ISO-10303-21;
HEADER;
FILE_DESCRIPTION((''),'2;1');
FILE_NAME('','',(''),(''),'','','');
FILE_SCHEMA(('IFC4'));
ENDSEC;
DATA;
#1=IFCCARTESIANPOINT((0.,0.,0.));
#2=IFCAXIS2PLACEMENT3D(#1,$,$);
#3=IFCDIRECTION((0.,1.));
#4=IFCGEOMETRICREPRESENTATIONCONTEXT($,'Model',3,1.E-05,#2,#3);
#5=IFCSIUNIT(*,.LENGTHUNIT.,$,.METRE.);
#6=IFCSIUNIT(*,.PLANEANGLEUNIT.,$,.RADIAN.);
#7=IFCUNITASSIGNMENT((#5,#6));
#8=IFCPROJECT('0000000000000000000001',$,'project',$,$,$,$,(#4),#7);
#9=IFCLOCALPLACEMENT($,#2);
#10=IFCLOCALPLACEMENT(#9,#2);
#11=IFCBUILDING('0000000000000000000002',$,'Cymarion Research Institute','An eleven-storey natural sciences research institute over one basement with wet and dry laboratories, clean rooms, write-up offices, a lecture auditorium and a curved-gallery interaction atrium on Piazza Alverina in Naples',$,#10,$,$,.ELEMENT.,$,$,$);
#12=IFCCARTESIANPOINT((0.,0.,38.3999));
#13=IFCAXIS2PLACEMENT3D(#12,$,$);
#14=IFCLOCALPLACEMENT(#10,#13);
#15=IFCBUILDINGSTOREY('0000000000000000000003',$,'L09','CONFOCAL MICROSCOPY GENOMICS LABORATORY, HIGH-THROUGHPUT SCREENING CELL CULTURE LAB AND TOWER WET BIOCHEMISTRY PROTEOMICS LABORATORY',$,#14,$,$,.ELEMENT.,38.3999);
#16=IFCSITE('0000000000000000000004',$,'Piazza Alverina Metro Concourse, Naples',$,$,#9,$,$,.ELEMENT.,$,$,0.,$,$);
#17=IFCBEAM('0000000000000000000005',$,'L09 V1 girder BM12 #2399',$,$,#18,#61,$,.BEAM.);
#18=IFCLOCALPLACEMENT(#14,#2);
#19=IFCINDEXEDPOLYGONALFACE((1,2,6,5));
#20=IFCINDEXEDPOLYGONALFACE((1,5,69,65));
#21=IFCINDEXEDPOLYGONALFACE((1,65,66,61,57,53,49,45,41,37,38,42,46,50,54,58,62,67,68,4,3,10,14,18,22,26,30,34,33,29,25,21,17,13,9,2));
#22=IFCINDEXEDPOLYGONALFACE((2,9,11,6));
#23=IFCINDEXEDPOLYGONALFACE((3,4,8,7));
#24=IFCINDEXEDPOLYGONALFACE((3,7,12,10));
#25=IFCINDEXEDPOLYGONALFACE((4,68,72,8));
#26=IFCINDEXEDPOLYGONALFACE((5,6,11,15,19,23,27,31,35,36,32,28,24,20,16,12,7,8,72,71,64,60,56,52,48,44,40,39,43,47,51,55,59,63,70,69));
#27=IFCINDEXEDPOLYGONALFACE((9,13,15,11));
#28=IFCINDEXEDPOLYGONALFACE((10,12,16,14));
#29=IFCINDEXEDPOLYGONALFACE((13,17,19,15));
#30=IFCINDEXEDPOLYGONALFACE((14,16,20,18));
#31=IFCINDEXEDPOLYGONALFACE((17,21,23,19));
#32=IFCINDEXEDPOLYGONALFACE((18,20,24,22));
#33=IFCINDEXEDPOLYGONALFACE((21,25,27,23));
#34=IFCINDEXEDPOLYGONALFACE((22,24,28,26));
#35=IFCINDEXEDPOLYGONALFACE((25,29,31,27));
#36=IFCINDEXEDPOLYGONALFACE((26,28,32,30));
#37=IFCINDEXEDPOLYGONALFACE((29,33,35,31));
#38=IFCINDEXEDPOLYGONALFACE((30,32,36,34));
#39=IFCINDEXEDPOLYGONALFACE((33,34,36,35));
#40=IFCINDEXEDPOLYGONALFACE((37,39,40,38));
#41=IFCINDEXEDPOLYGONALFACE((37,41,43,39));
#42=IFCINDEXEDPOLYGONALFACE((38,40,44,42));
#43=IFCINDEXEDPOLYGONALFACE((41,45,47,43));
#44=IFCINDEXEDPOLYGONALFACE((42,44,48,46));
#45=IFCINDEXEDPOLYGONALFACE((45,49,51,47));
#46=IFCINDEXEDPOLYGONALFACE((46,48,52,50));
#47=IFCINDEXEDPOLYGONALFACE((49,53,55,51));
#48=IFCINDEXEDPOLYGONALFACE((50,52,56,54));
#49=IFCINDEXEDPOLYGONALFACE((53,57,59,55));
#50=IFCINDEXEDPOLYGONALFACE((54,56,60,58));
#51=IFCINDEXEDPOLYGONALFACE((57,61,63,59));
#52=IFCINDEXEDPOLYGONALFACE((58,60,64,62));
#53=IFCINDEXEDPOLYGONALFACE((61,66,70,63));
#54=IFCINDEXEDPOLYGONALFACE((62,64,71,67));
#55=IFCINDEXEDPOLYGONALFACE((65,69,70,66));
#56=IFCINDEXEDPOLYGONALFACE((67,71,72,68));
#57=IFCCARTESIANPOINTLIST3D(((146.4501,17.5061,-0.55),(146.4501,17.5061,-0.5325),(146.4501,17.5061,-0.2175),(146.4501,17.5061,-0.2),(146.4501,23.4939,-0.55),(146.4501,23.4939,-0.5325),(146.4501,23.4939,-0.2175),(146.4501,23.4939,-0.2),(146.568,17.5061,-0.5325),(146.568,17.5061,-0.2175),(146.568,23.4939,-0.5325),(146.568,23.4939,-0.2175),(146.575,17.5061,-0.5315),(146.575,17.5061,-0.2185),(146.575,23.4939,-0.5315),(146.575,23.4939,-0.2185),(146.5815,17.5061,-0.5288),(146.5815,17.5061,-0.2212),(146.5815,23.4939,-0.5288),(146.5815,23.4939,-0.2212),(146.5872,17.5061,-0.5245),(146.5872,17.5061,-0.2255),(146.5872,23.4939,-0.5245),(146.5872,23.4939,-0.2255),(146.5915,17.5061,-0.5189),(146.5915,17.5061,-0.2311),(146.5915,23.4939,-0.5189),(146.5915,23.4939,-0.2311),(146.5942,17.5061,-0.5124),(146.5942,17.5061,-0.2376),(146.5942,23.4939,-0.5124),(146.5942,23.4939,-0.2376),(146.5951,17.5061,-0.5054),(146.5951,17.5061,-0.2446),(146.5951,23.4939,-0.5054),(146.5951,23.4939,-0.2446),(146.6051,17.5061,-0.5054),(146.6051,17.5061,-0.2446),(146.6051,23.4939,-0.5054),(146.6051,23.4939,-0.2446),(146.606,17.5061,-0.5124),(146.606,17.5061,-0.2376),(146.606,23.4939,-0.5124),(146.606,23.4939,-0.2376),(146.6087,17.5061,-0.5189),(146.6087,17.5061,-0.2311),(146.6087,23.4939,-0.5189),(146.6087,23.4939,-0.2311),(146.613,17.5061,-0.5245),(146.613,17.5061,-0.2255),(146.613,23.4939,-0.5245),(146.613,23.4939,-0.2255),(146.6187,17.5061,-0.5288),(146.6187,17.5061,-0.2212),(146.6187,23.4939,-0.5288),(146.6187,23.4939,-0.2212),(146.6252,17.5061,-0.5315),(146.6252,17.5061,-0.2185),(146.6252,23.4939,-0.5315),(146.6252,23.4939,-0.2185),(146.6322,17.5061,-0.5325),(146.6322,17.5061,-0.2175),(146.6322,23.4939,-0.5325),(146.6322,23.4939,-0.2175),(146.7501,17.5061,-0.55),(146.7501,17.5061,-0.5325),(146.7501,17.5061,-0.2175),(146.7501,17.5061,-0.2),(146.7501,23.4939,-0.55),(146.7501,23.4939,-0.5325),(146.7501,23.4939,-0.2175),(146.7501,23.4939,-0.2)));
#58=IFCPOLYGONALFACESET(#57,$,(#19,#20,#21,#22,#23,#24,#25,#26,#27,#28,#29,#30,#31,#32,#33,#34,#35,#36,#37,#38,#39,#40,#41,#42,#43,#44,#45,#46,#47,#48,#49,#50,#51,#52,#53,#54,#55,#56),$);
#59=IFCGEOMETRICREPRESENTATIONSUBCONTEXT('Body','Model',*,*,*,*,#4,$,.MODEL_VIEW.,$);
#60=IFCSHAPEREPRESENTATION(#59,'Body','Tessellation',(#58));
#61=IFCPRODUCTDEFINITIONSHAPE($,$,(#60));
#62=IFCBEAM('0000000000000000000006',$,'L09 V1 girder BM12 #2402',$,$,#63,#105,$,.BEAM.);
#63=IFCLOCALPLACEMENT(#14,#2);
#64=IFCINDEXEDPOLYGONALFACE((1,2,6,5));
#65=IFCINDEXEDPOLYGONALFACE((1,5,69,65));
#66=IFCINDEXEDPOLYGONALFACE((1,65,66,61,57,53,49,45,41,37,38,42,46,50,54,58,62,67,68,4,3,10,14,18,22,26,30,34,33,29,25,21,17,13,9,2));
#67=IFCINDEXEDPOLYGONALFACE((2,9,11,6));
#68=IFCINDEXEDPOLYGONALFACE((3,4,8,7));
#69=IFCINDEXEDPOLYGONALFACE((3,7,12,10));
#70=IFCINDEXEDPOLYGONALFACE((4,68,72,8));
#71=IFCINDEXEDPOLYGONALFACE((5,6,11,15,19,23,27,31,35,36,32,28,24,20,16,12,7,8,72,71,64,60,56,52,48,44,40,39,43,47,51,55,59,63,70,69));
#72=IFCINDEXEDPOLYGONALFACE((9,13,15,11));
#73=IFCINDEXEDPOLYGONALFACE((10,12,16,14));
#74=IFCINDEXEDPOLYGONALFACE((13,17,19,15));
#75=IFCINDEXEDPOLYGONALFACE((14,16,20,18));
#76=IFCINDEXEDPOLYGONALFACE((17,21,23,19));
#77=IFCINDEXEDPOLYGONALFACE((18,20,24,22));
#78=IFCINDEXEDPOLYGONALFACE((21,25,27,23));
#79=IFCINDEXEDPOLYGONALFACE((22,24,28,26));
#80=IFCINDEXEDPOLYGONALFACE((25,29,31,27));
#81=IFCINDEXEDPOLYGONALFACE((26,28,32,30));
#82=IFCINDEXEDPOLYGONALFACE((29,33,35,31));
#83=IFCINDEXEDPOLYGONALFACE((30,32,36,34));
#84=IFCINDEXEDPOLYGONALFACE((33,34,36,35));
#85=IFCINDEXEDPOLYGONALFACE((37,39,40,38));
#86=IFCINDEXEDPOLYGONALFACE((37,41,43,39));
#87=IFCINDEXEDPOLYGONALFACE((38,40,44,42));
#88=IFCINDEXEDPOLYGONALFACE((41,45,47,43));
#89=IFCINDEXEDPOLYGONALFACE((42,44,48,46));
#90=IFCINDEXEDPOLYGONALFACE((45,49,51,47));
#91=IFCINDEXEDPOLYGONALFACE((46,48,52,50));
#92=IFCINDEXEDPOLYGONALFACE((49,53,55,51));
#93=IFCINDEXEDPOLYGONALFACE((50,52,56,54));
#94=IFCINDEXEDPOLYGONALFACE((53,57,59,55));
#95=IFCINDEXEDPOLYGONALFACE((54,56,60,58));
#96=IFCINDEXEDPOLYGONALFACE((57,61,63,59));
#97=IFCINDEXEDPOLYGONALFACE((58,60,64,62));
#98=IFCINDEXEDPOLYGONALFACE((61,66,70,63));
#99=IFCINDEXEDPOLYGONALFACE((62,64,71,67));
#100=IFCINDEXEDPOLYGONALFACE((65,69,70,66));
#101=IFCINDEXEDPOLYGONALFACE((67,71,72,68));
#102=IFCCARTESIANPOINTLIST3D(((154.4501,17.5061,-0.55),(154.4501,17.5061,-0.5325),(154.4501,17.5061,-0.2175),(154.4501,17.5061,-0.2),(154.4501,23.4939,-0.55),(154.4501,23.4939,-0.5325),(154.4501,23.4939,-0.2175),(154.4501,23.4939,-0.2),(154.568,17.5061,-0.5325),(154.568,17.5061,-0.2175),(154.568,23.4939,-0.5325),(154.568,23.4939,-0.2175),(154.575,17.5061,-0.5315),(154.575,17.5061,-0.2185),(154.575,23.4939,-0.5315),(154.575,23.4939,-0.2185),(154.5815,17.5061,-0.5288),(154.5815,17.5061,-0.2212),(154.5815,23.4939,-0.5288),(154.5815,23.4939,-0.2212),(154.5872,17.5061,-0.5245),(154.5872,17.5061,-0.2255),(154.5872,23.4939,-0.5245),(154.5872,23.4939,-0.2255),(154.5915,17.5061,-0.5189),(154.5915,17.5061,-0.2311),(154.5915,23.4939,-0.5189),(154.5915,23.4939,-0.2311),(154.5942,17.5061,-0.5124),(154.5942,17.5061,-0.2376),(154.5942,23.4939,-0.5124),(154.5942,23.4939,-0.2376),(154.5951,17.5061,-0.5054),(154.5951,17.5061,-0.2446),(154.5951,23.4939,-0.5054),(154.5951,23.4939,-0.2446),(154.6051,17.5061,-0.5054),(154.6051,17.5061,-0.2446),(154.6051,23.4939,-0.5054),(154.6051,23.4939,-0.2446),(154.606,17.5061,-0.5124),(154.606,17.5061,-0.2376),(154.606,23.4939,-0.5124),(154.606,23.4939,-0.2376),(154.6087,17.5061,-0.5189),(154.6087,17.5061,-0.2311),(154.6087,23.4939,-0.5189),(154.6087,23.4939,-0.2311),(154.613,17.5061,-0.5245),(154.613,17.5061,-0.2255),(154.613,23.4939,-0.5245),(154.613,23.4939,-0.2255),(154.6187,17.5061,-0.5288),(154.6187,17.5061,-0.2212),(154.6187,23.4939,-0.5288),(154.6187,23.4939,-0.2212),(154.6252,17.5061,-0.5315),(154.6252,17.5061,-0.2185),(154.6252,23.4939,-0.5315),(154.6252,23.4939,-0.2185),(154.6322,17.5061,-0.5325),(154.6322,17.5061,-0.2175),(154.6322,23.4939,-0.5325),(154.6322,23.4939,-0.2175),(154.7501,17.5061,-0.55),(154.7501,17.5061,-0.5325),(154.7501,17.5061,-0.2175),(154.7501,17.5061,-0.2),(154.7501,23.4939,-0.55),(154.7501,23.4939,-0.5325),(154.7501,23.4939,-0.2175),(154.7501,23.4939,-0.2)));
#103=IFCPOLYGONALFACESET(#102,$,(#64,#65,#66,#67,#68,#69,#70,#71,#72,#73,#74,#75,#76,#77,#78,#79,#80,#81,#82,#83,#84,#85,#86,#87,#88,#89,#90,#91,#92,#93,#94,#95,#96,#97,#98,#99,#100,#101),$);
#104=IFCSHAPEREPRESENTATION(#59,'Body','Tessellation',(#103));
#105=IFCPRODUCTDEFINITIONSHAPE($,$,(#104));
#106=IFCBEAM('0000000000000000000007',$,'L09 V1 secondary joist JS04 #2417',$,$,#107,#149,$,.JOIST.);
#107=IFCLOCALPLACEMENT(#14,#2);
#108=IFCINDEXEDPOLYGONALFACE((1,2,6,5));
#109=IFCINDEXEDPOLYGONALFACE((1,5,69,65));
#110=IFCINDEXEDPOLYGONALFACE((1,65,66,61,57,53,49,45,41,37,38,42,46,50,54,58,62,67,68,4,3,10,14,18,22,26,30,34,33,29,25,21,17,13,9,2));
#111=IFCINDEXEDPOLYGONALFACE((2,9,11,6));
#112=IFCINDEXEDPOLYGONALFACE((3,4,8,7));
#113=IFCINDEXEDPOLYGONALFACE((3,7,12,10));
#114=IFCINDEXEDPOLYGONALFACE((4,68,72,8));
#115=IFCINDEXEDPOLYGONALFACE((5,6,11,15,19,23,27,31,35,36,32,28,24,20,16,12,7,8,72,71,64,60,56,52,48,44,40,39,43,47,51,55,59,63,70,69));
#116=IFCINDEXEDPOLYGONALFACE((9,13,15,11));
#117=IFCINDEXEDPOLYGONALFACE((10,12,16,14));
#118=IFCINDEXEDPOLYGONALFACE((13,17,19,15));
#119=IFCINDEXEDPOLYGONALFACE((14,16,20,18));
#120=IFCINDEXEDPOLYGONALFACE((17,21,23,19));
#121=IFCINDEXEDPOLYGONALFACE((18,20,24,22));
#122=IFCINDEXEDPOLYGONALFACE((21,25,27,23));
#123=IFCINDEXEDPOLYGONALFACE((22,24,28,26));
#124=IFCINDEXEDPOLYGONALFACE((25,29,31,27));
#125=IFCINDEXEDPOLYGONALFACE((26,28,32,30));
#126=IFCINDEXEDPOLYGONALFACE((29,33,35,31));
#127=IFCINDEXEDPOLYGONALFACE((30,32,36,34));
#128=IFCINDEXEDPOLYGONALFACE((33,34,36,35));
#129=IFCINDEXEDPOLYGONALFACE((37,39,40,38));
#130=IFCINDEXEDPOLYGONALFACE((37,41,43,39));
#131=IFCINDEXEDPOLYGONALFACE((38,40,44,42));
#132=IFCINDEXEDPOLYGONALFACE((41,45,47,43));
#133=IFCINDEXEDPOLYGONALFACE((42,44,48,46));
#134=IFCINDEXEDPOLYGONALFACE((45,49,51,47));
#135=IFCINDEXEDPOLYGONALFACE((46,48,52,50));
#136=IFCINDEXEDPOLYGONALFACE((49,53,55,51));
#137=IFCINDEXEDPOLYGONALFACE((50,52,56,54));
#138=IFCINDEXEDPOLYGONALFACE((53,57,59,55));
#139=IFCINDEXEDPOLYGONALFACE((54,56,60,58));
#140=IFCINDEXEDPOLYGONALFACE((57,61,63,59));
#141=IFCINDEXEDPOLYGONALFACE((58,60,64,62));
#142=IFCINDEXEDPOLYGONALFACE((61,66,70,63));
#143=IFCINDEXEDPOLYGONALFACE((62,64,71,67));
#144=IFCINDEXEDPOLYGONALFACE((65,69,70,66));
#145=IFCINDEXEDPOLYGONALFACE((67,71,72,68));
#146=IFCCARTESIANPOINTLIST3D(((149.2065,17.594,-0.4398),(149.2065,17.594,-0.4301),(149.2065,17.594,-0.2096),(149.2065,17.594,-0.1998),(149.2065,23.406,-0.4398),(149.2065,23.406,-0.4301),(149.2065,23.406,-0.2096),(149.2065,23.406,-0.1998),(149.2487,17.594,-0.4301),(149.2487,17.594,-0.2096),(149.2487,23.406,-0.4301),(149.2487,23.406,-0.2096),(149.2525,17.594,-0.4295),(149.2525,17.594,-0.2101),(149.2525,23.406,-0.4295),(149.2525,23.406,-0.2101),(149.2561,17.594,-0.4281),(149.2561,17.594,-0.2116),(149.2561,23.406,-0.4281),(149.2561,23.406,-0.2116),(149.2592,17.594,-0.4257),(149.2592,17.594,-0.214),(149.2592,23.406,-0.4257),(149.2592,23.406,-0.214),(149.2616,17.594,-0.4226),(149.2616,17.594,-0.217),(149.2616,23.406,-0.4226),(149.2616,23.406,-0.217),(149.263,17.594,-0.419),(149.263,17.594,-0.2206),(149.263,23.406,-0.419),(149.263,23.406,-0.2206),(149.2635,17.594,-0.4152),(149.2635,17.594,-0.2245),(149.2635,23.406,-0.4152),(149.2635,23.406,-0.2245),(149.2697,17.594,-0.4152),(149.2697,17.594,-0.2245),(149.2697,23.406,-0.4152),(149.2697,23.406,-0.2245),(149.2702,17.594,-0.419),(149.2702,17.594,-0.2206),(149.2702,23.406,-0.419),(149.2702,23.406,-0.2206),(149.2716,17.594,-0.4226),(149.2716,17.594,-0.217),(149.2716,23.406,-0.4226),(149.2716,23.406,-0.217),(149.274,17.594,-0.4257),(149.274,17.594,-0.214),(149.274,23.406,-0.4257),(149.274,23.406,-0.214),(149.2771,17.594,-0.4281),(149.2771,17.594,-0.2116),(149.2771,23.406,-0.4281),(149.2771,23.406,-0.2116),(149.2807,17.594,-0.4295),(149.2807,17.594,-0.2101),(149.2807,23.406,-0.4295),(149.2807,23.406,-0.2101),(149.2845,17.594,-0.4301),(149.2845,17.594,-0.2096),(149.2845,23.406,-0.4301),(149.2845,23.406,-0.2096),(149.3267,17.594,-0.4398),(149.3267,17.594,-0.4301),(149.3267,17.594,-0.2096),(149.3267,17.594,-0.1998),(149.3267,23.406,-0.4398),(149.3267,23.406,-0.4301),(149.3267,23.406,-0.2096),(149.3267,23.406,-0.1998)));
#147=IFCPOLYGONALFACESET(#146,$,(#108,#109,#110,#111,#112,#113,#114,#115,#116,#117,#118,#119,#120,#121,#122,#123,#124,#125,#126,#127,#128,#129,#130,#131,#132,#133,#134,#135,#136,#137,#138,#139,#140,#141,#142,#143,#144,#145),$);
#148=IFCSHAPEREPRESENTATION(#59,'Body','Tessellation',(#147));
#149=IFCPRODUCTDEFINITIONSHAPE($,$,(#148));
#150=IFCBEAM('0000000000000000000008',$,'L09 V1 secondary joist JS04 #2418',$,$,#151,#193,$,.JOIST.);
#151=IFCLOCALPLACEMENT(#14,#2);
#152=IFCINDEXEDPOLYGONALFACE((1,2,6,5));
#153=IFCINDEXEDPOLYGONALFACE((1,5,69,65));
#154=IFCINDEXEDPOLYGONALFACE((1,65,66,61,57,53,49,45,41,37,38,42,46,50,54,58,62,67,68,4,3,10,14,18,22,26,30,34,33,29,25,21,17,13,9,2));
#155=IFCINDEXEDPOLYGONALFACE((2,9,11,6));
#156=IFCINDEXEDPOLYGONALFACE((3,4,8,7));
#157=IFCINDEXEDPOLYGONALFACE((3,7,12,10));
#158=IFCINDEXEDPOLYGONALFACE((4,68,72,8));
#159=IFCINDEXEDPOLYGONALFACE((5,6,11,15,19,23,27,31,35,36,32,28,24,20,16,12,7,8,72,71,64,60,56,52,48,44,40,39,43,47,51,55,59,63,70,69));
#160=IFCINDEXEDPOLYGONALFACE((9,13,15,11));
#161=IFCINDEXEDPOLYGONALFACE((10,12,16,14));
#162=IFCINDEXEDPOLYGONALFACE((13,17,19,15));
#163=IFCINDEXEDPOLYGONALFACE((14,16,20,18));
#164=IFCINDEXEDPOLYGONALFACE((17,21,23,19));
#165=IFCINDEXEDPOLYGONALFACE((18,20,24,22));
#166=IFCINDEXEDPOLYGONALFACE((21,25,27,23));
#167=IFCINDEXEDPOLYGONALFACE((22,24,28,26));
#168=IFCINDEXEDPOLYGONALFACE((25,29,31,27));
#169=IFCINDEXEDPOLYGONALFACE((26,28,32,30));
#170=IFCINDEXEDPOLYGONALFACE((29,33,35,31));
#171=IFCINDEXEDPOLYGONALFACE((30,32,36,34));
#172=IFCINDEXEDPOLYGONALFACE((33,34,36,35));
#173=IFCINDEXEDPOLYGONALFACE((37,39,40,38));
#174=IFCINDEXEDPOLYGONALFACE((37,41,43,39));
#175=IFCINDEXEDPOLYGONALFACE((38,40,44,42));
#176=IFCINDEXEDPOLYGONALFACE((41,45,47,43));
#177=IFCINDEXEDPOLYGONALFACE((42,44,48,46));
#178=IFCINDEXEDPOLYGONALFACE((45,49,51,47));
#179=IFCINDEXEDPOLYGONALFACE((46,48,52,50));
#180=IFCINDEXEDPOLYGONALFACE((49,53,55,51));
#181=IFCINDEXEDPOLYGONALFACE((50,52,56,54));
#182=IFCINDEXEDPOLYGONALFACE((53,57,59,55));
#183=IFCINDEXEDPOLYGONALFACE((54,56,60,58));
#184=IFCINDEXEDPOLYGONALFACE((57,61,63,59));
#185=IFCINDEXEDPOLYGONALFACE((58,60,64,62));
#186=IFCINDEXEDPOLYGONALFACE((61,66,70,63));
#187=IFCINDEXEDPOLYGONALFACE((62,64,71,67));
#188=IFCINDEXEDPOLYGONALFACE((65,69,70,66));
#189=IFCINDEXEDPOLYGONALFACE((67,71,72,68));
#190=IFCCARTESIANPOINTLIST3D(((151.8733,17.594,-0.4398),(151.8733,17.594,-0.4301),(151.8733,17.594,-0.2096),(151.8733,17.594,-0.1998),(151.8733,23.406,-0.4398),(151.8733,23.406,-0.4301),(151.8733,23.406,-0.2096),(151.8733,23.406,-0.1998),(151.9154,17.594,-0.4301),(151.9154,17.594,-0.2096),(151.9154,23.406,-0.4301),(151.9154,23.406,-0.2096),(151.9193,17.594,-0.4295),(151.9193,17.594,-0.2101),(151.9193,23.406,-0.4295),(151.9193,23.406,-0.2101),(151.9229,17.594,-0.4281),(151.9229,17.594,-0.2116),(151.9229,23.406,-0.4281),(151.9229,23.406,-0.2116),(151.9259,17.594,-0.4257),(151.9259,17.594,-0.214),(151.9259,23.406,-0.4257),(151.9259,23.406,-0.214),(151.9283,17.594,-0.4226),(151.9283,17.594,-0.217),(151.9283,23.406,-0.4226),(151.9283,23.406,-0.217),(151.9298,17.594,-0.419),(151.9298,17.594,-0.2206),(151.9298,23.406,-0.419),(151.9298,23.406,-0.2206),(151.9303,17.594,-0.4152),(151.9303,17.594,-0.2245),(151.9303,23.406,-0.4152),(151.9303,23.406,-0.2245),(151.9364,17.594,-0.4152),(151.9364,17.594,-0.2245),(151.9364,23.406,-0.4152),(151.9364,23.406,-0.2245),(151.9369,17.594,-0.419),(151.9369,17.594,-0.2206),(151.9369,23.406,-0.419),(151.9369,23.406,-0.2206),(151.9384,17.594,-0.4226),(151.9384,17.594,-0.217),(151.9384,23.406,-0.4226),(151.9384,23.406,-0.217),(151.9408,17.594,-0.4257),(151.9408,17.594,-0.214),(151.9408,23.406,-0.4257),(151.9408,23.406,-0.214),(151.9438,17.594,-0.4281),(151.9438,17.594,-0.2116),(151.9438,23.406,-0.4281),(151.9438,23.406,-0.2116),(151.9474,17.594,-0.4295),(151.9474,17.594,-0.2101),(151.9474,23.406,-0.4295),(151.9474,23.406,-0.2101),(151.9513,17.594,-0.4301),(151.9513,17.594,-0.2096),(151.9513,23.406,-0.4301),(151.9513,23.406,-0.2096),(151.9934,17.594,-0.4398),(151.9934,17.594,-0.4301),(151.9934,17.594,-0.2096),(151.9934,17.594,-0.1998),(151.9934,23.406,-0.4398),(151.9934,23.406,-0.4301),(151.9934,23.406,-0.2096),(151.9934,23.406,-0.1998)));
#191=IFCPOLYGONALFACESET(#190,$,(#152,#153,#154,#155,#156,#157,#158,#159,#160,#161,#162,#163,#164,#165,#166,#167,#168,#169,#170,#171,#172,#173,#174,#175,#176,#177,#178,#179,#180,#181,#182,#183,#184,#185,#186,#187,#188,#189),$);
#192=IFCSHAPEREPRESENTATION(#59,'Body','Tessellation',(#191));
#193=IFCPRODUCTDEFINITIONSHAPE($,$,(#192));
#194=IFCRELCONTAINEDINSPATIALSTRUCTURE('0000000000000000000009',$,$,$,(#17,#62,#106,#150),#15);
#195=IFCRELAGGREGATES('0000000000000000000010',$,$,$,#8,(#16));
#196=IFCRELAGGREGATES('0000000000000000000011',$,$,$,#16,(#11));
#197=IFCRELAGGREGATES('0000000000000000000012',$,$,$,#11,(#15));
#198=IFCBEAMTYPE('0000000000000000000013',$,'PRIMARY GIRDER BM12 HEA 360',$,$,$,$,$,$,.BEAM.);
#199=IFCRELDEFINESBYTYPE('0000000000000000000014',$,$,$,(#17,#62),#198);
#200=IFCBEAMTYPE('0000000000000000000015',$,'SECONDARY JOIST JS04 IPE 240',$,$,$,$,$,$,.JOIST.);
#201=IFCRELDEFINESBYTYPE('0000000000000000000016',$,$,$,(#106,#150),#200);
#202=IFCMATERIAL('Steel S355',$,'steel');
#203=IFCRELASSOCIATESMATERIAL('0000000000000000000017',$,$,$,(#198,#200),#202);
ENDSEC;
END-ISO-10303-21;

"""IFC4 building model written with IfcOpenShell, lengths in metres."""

from ifc_helpers import new_model, si_unit, direction, frame, origin, origin_2d, place, context, subcontext, project, spatial, i_section, extrude, material, material_profile, profile_set, type_object, element, save


model = new_model("IFC4")

# Units and contexts
model_context = context("Model", 3, precision=1e-05, world=origin(), true_north=direction((0.0, 1.0)))
body_context = subcontext(model_context, "Body", "Model", "MODEL_VIEW")
ifc_project = project(units=[si_unit("LENGTHUNIT", "METRE"), si_unit("PLANEANGLEUNIT", "RADIAN")], contexts=[model_context])

# Site, building, storey
site_placement = place(None, origin())
site = spatial("IfcSite", under=ifc_project, at=site_placement, Name="Piazza Alverina Metro Concourse, Naples", CompositionType="ELEMENT", RefElevation=0.0)
building_placement = place(site_placement, origin())
building = spatial("IfcBuilding", under=site, at=building_placement, Name="Cymarion Research Institute", Description="An eleven-storey natural sciences research institute over one basement with wet and dry laboratories, clean rooms, write-up offices, a lecture auditorium and a curved-gallery interaction atrium on Piazza Alverina in Naples", CompositionType="ELEMENT")
storey_placement = place(building_placement, frame((0.0, 0.0, 38.3999)))
storey = spatial("IfcBuildingStorey", under=building, at=storey_placement, Name="L09", Description="CONFOCAL MICROSCOPY GENOMICS LABORATORY, HIGH-THROUGHPUT SCREENING CELL CULTURE LAB AND TOWER WET BIOCHEMISTRY PROTEOMICS LABORATORY", CompositionType="ELEMENT", Elevation=38.3999)

# Shared definitions
ifc_material_1 = material(Name="Steel S355", Category="steel")

# Beams
ifc_material_profile_1 = material_profile(ifc_material_1, i_section(OverallWidth=0.3, OverallDepth=0.3501, WebThickness=0.01, FlangeThickness=0.0176, FilletRadius=0.0271, at=origin_2d()), Name="HEA 360")
ifc_profile_set_1 = profile_set([ifc_material_profile_1], Name="Steel S355")
beam_type_1 = type_object("IfcBeamType", Name="PRIMARY GIRDER BM12 HEA 360", PredefinedType="BEAM", material=ifc_profile_set_1)
for number, where, z_axis, x_axis, name in (
    (1, (146.6001, 17.5061, -0.375), (0.0, 1.0, 0.0), (-1.0, 0.0, 0.0), "L09 V1 girder BM12 #2399"),
    (2, (154.6001, 17.5061, -0.375), (0.0, 1.0, 0.0), (-1.0, 0.0, 0.0), "L09 V1 girder BM12 #2402"),
):
    element("IfcBeam", number, at=place(storey_placement, frame(where, z_axis=z_axis, x_axis=x_axis)), inside=storey, type_object=beam_type_1, Name=name, PredefinedType="BEAM", context=body_context, shape_type="SweptSolid", body=[
        extrude(i_section(OverallWidth=0.3, OverallDepth=0.3501, WebThickness=0.01, FlangeThickness=0.0176, FilletRadius=0.0271, at=origin_2d()), origin(), (0.0, 0.0, 1.0), 5.9878),
    ])
ifc_material_profile_2 = material_profile(ifc_material_1, i_section(OverallWidth=0.1201, OverallDepth=0.24, WebThickness=0.0061, FlangeThickness=0.0098, FilletRadius=0.0149, at=origin_2d()), Name="IPE 240")
ifc_profile_set_2 = profile_set([ifc_material_profile_2], Name="Steel S355")
beam_type_2 = type_object("IfcBeamType", Name="SECONDARY JOIST JS04 IPE 240", PredefinedType="JOIST", material=ifc_profile_set_2)
for number, where, z_axis, x_axis, name in (
    (3, (149.2666, 17.594, -0.3198), (0.0, 1.0, 0.0), (-1.0, 0.0, 0.0), "L09 V1 secondary joist JS04 #2417"),
    (4, (151.9333, 17.594, -0.3198), (0.0, 1.0, 0.0), (-1.0, 0.0, 0.0), "L09 V1 secondary joist JS04 #2418"),
):
    element("IfcBeam", number, at=place(storey_placement, frame(where, z_axis=z_axis, x_axis=x_axis)), inside=storey, type_object=beam_type_2, Name=name, PredefinedType="JOIST", context=body_context, shape_type="SweptSolid", body=[
        extrude(i_section(OverallWidth=0.1201, OverallDepth=0.24, WebThickness=0.0061, FlangeThickness=0.0098, FilletRadius=0.0149, at=origin_2d()), origin(), (0.0, 0.0, 1.0), 5.812),
    ])

save(model, "model.ifc")
